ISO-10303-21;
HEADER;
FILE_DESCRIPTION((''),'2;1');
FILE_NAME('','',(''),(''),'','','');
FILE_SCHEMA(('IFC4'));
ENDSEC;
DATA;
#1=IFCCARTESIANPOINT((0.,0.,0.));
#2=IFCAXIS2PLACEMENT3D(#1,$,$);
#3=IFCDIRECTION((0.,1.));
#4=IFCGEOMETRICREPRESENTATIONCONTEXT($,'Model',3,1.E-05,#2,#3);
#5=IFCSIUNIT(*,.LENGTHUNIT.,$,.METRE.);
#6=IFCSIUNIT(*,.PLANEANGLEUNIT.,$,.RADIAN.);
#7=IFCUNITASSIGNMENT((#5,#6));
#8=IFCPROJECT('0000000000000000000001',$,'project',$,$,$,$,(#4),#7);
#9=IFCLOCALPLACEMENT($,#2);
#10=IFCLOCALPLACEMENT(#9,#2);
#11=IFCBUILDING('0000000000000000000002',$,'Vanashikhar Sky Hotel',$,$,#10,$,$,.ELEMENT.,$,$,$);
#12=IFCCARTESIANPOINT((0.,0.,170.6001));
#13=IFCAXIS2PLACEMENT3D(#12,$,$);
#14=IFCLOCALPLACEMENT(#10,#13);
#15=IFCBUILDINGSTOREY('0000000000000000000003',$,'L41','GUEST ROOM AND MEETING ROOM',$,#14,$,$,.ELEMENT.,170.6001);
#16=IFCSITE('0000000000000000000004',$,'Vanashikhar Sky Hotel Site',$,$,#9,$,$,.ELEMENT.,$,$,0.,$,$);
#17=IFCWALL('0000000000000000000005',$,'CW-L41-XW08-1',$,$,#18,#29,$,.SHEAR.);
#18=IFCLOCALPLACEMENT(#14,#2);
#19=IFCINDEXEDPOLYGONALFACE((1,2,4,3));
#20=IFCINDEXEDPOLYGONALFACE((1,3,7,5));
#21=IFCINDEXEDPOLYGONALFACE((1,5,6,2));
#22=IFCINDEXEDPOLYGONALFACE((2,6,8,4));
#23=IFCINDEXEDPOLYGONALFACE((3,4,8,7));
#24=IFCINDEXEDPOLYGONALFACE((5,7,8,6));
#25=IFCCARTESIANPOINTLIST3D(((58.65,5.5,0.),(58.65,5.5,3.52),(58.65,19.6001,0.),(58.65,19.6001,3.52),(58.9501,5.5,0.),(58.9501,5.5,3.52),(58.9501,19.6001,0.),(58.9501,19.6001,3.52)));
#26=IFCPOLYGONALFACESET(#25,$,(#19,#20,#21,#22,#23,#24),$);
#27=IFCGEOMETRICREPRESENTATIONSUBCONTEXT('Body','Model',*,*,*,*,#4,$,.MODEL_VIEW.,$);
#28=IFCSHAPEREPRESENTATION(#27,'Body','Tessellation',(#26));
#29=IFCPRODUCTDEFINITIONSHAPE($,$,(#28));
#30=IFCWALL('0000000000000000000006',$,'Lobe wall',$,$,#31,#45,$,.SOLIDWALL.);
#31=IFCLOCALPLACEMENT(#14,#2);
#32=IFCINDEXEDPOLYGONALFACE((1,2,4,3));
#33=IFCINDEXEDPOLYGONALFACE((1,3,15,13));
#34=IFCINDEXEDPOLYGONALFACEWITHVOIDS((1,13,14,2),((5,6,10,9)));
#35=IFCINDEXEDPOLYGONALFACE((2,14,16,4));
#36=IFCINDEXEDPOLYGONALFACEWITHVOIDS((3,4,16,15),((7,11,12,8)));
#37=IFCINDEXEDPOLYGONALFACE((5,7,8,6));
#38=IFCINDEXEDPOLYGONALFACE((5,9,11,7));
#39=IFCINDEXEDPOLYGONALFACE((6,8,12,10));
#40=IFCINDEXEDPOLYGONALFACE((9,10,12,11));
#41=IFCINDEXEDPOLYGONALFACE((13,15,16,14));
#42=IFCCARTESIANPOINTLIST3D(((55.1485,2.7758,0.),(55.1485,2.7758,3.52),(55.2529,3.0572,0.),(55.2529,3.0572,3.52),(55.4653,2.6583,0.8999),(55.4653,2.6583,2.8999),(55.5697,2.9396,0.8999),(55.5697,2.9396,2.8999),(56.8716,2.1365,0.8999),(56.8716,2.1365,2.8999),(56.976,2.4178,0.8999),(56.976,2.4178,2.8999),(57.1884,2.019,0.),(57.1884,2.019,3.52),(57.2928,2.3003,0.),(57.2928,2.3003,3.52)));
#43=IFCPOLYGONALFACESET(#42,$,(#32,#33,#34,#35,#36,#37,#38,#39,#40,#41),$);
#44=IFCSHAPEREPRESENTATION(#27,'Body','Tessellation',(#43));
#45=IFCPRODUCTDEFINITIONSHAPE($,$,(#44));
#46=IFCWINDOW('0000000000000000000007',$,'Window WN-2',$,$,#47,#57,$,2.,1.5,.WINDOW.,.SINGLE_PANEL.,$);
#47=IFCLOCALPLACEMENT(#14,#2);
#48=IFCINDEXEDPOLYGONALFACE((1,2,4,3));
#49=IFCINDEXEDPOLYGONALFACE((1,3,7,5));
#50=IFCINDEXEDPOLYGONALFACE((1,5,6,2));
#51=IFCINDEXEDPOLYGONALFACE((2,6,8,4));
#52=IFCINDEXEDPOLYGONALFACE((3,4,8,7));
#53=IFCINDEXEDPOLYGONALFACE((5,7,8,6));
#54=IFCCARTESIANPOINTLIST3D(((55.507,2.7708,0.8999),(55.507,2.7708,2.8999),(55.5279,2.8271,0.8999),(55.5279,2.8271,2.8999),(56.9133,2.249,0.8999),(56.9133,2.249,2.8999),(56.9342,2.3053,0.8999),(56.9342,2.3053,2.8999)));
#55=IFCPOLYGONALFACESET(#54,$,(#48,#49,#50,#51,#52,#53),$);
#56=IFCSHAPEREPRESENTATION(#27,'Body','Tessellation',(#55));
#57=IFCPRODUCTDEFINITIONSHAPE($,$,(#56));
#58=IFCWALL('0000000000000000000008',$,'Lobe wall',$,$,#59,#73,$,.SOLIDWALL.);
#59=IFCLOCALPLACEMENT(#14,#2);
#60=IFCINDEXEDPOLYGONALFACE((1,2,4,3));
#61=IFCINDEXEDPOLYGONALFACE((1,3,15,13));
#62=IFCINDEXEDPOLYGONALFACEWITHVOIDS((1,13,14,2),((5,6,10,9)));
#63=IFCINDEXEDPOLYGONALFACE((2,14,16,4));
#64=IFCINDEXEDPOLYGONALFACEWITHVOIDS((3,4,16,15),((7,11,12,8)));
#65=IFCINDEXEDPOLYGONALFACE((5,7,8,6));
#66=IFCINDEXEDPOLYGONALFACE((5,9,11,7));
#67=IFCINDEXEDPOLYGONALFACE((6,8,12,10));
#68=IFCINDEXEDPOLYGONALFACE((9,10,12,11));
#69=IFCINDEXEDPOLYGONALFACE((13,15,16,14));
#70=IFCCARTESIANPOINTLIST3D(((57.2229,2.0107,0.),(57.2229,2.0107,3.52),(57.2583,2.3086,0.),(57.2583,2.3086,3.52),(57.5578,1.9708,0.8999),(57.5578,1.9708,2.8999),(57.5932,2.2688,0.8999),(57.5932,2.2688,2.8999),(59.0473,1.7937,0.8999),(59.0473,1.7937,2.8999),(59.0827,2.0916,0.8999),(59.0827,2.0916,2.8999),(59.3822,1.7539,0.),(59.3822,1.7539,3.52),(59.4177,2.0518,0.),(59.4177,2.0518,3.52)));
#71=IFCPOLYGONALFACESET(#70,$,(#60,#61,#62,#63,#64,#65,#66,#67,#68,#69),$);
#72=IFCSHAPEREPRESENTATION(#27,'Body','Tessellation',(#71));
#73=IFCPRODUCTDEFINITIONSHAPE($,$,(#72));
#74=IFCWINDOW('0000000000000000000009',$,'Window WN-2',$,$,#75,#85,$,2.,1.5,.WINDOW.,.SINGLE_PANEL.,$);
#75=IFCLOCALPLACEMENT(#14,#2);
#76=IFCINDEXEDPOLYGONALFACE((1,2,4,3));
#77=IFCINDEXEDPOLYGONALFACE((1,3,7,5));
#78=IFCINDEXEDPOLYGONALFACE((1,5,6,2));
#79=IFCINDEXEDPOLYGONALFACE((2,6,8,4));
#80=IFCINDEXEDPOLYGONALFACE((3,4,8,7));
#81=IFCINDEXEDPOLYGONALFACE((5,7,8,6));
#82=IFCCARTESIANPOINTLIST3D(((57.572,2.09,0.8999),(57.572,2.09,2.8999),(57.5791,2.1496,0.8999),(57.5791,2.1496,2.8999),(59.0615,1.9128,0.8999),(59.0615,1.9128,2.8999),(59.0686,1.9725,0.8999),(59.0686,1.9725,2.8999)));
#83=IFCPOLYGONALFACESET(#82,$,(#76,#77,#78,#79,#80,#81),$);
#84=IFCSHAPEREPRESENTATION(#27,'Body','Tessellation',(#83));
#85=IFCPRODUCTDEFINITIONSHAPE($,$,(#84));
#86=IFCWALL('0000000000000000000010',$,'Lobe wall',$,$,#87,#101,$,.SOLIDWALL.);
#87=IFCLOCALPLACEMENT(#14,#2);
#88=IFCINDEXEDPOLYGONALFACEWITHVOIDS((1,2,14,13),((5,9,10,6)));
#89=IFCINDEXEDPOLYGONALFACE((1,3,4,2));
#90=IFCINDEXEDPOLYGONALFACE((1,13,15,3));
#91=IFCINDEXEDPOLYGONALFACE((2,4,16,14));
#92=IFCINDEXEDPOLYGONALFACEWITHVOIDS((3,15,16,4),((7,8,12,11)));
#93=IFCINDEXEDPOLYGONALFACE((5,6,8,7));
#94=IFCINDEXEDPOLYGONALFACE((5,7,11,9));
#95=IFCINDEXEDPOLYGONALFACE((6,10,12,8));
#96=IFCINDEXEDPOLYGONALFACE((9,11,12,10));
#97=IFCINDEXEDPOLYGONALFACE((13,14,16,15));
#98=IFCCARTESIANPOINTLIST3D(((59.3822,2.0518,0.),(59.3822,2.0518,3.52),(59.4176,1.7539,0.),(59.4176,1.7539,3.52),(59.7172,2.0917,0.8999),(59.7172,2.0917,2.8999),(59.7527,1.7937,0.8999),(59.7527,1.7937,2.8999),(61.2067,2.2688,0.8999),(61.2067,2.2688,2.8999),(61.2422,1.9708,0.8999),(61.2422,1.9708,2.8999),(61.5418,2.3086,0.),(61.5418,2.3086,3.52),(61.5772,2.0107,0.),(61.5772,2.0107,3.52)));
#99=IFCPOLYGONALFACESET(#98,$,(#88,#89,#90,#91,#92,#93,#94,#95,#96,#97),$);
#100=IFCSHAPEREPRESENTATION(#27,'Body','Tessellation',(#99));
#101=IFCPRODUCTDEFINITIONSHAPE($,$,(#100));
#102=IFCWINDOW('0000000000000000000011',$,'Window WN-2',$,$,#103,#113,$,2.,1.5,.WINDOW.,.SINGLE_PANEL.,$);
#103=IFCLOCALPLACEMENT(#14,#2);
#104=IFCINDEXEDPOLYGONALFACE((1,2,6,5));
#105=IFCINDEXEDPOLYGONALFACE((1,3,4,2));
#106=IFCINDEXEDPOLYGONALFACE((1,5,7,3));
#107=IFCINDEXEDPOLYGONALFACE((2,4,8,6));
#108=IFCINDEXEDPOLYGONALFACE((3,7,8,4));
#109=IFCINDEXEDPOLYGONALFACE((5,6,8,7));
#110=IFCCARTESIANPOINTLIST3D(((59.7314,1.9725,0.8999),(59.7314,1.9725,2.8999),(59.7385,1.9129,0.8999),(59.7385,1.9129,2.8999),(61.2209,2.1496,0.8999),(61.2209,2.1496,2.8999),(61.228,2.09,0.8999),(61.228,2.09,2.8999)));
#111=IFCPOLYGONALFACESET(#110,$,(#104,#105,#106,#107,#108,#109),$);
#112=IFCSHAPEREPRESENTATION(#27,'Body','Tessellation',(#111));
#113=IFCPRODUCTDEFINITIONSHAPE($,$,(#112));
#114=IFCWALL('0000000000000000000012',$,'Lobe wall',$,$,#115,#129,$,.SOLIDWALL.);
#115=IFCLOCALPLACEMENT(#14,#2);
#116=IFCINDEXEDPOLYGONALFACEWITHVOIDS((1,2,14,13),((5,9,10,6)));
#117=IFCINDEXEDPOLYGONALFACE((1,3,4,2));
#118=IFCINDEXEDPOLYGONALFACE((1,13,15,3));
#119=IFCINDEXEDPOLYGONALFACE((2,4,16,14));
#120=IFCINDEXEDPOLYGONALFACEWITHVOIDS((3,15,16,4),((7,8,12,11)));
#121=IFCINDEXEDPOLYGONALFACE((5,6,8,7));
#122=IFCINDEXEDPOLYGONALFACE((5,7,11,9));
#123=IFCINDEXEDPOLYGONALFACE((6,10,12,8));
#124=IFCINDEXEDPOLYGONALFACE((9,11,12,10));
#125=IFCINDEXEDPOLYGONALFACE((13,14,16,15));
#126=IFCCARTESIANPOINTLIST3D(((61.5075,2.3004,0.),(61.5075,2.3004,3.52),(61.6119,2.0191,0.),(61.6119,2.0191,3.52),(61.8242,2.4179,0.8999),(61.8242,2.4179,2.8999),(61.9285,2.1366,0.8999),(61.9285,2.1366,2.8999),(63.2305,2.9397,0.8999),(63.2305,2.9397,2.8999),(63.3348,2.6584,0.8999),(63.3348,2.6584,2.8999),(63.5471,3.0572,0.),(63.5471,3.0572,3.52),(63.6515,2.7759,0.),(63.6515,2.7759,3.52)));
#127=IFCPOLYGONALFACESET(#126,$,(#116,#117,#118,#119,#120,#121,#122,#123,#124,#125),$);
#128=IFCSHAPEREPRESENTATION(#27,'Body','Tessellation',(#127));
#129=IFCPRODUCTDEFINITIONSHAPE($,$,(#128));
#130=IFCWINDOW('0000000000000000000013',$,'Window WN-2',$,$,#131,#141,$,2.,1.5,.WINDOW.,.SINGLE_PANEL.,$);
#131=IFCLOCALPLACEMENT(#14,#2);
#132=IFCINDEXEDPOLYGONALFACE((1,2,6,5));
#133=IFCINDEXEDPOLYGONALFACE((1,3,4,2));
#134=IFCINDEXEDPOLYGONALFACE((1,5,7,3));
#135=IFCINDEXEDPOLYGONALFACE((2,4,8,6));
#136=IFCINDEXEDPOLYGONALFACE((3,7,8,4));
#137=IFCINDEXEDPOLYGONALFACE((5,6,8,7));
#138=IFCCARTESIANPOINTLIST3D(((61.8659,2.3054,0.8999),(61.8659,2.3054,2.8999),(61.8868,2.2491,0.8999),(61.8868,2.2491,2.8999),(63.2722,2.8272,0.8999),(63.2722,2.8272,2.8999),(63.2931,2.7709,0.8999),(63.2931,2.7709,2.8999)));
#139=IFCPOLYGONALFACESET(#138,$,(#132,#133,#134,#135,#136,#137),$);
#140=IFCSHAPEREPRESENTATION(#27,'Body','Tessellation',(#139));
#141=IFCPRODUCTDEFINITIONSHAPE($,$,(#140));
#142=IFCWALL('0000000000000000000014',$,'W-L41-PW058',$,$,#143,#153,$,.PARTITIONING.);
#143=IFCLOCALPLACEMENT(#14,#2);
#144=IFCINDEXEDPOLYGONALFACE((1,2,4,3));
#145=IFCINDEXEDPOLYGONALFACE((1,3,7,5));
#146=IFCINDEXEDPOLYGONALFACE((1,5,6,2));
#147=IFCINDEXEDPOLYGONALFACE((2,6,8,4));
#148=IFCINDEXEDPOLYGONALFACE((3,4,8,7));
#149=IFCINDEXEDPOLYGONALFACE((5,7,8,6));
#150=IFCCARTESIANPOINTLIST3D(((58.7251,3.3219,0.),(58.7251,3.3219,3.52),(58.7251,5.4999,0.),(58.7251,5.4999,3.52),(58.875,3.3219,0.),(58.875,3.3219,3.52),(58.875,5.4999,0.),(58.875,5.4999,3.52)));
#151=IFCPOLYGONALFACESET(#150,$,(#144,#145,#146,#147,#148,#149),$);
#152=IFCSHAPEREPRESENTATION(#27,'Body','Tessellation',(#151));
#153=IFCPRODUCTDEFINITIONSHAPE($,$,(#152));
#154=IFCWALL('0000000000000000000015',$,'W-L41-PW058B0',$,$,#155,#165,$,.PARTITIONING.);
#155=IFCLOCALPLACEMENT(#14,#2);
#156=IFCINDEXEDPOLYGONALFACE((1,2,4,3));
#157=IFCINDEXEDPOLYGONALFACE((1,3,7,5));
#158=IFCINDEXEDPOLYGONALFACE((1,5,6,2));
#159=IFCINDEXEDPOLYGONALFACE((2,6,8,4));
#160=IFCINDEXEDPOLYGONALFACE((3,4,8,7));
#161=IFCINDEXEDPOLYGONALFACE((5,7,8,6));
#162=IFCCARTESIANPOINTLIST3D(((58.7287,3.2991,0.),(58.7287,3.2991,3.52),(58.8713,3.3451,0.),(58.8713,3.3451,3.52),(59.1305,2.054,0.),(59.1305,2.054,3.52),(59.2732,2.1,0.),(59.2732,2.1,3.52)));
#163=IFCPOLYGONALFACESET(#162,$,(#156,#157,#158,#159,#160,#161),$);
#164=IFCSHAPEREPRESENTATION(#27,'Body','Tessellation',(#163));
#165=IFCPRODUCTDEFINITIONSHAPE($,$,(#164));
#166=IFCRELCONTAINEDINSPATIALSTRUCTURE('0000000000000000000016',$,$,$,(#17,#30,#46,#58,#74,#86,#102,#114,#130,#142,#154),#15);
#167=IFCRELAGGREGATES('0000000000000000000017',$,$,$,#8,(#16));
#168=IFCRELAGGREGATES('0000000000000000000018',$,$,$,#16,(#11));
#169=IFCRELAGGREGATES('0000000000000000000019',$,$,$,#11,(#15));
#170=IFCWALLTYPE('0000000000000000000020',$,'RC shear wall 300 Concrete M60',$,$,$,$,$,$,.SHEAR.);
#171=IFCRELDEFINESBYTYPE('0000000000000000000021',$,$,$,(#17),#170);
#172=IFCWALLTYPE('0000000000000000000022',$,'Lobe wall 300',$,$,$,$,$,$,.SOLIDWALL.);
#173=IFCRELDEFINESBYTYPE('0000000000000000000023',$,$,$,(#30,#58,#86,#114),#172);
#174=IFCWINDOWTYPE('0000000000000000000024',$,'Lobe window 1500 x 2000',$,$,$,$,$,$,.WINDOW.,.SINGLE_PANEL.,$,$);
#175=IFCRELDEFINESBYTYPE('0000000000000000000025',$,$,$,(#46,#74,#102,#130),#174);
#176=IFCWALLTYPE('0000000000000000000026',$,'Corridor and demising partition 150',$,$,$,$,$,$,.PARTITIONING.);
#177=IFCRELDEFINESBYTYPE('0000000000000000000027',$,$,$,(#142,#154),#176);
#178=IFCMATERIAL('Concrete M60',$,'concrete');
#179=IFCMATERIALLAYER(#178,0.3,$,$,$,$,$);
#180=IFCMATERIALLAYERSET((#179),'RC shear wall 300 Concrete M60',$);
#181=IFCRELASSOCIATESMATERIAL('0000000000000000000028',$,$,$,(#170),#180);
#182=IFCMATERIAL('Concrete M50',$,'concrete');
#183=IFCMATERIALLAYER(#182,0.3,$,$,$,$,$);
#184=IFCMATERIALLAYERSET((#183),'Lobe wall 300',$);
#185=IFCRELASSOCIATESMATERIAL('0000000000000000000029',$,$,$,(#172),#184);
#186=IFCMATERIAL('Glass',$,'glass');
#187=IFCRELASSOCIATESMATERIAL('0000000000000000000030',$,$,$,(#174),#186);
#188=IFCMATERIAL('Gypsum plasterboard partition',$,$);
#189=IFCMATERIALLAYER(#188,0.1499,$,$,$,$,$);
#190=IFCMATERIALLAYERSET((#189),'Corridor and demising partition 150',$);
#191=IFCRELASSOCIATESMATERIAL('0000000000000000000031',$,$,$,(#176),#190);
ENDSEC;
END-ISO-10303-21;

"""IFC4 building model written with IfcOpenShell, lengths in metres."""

from ifc_helpers import new_model, si_unit, direction, frame, frame_2d, origin, place, context, subcontext, project, spatial, rectangle, extrude, source, transform, mapped, material, layer, layer_set, type_object, element, fill, save


model = new_model("IFC4")

# Units and contexts
model_context = context("Model", 3, precision=1e-05, world=origin(), true_north=direction((0.0, 1.0)))
body_context = subcontext(model_context, "Body", "Model", "MODEL_VIEW")
ifc_project = project(units=[si_unit("LENGTHUNIT", "METRE"), si_unit("PLANEANGLEUNIT", "RADIAN")], contexts=[model_context])

# Site, building, storey
site_placement = place(None, origin())
site = spatial("IfcSite", under=ifc_project, at=site_placement, Name="Vanashikhar Sky Hotel Site", CompositionType="ELEMENT", RefElevation=0.0)
building_placement = place(site_placement, origin())
building = spatial("IfcBuilding", under=site, at=building_placement, Name="Vanashikhar Sky Hotel", CompositionType="ELEMENT")
storey_placement = place(building_placement, frame((0.0, 0.0, 170.6001)))
storey = spatial("IfcBuildingStorey", under=building, at=storey_placement, Name="L41", Description="GUEST ROOM AND MEETING ROOM", CompositionType="ELEMENT", Elevation=170.6001)

# Wall
ifc_material_1 = material(Name="Concrete M60", Category="concrete")
ifc_layer_1 = layer(ifc_material_1, 0.3)
ifc_layer_set_1 = layer_set([ifc_layer_1], Name="RC shear wall 300 Concrete M60")
wall_type_1 = type_object("IfcWallType", Name="RC shear wall 300 Concrete M60", PredefinedType="SHEAR", material=ifc_layer_set_1)
shared_shape_1 = source(origin(), body_context, "Body", "SweptSolid", [
    extrude(rectangle(XDim=14.1001, YDim=0.3, at=frame_2d((7.05, 0.0))), origin(), (0.0, 0.0, 1.0), 3.52),
])
wall_1_placement = place(storey_placement, frame((58.8, 5.5, 0.0), z_axis=(0.0, 0.0, 1.0), x_axis=(0.0, 1.0, 0.0)))
element("IfcWall", 1, at=wall_1_placement, inside=storey, type_object=wall_type_1, Name="CW-L41-XW08-1", PredefinedType="SHEAR", context=body_context, shape_type="MappedRepresentation", body=[
    mapped(shared_shape_1, transform((0.0, 0.0, 0.0), scale=1.0)),
])

# Walls, openings, windows
ifc_material_2 = material(Name="Concrete M50", Category="concrete")
ifc_layer_2 = layer(ifc_material_2, 0.3)
ifc_layer_set_2 = layer_set([ifc_layer_2], Name="Lobe wall 300")
wall_type_2 = type_object("IfcWallType", Name="Lobe wall 300", PredefinedType="SOLIDWALL", material=ifc_layer_set_2)
shared_shape_2 = source(origin(), body_context, "Body", "SweptSolid", [
    extrude(rectangle(XDim=2.1758, YDim=0.3, at=frame_2d((1.0879, 0.0))), origin(), (0.0, 0.0, 1.0), 3.52),
])
wall_2_placement = place(storey_placement, frame((55.2007, 2.9165, 0.0), z_axis=(0.0, 0.0, 1.0), x_axis=(0.937546, -0.347863, 0.0)))
wall_2 = element("IfcWall", 2, at=wall_2_placement, inside=storey, type_object=wall_type_2, Name="Lobe wall", PredefinedType="SOLIDWALL", context=body_context, shape_type="MappedRepresentation", body=[
    mapped(shared_shape_2, transform((0.0, 0.0, 0.0), scale=1.0)),
])
shared_shape_3 = source(origin(), body_context, "Body", "SweptSolid", [
    extrude(rectangle(XDim=1.5, YDim=2.0, at=frame_2d((0.75, 1.0))), frame((0.0, 0.1602, 0.0), z_axis=(0.0, -1.0, 0.0), x_axis=(1.0, 0.0, 0.0)), (0.0, 0.0, 1.0), 0.3201),
])
opening_1_placement = place(wall_2_placement, frame((0.3379, 0.0, 0.8999)))
opening_1 = element("IfcOpeningElement", 3, at=opening_1_placement, cuts=wall_2, PredefinedType="OPENING", context=body_context, shape_type="MappedRepresentation", body=[
    mapped(shared_shape_3, transform((0.0, 0.0, 0.0), scale=1.0)),
])
ifc_material_3 = material(Name="Glass", Category="glass")
window_type = type_object("IfcWindowType", Name="Lobe window 1500 x 2000", PartitioningType="SINGLE_PANEL", PredefinedType="WINDOW", material=ifc_material_3)
shared_shape_4 = source(origin(), body_context, "Body", "SweptSolid", [
    extrude(rectangle(XDim=1.5, YDim=2.0, at=frame_2d((0.75, 1.0))), frame((0.0, 0.03, 0.0), z_axis=(0.0, -1.0, 0.0), x_axis=(1.0, 0.0, 0.0)), (0.0, 0.0, 1.0), 0.0601),
])
window_1_placement = place(opening_1_placement, origin())
window_1 = element("IfcWindow", 4, at=window_1_placement, inside=storey, type_object=window_type, Name="Window WN-2", OverallHeight=2.0, OverallWidth=1.5, PartitioningType="SINGLE_PANEL", PredefinedType="WINDOW", context=body_context, shape_type="MappedRepresentation", body=[
    mapped(shared_shape_4, transform((0.0, 0.0, 0.0), scale=1.0)),
])
fill(opening_1, window_1)
shared_shape_5 = source(origin(), body_context, "Body", "SweptSolid", [
    extrude(rectangle(XDim=2.1746, YDim=0.3, at=frame_2d((1.0874, 0.0))), origin(), (0.0, 0.0, 1.0), 3.52),
])
wall_3_placement = place(storey_placement, frame((57.2405, 2.1597, 0.0), z_axis=(0.0, 0.0, 1.0), x_axis=(0.993001, -0.118105, 0.0)))
wall_3 = element("IfcWall", 5, at=wall_3_placement, inside=storey, type_object=wall_type_2, Name="Lobe wall", PredefinedType="SOLIDWALL", context=body_context, shape_type="MappedRepresentation", body=[
    mapped(shared_shape_5, transform((0.0, 0.0, 0.0), scale=1.0)),
])
opening_2_placement = place(wall_3_placement, frame((0.3374, 0.0, 0.8999)))
opening_2 = element("IfcOpeningElement", 6, at=opening_2_placement, cuts=wall_3, PredefinedType="OPENING", context=body_context, shape_type="MappedRepresentation", body=[
    mapped(shared_shape_3, transform((0.0, 0.0, 0.0), scale=1.0)),
])
window_2_placement = place(opening_2_placement, origin())
window_2 = element("IfcWindow", 7, at=window_2_placement, inside=storey, type_object=window_type, Name="Window WN-2", OverallHeight=2.0, OverallWidth=1.5, PartitioningType="SINGLE_PANEL", PredefinedType="WINDOW", context=body_context, shape_type="MappedRepresentation", body=[
    mapped(shared_shape_4, transform((0.0, 0.0, 0.0), scale=1.0)),
])
fill(opening_2, window_2)
shared_shape_6 = source(origin(), body_context, "Body", "SweptSolid", [
    extrude(rectangle(XDim=2.1748, YDim=0.3, at=frame_2d((1.0874, 0.0))), origin(), (0.0, 0.0, 1.0), 3.52),
])
wall_4_placement = place(storey_placement, frame((59.3999, 1.9028, 0.0), z_axis=(0.0, 0.0, 1.0), x_axis=(0.993003, 0.118092, 0.0)))
wall_4 = element("IfcWall", 8, at=wall_4_placement, inside=storey, type_object=wall_type_2, Name="Lobe wall", PredefinedType="SOLIDWALL", context=body_context, shape_type="MappedRepresentation", body=[
    mapped(shared_shape_6, transform((0.0, 0.0, 0.0), scale=1.0)),
])
opening_3_placement = place(wall_4_placement, frame((0.3374, 0.0, 0.8999)))
opening_3 = element("IfcOpeningElement", 9, at=opening_3_placement, cuts=wall_4, PredefinedType="OPENING", context=body_context, shape_type="MappedRepresentation", body=[
    mapped(shared_shape_3, transform((0.0, 0.0, 0.0), scale=1.0)),
])
window_3_placement = place(opening_3_placement, origin())
window_3 = element("IfcWindow", 10, at=window_3_placement, inside=storey, type_object=window_type, Name="Window WN-2", OverallHeight=2.0, OverallWidth=1.5, PartitioningType="SINGLE_PANEL", PredefinedType="WINDOW", context=body_context, shape_type="MappedRepresentation", body=[
    mapped(shared_shape_4, transform((0.0, 0.0, 0.0), scale=1.0)),
])
fill(opening_3, window_3)
shared_shape_7 = source(origin(), body_context, "Body", "SweptSolid", [
    extrude(rectangle(XDim=2.1755, YDim=0.3, at=frame_2d((1.0879, 0.0))), origin(), (0.0, 0.0, 1.0), 3.52),
])
wall_5_placement = place(storey_placement, frame((61.5596, 2.1597, 0.0), z_axis=(0.0, 0.0, 1.0), x_axis=(0.937532, 0.347899, 0.0)))
wall_5 = element("IfcWall", 11, at=wall_5_placement, inside=storey, type_object=wall_type_2, Name="Lobe wall", PredefinedType="SOLIDWALL", context=body_context, shape_type="MappedRepresentation", body=[
    mapped(shared_shape_7, transform((0.0, 0.0, 0.0), scale=1.0)),
])
opening_4_placement = place(wall_5_placement, frame((0.3379, 0.0, 0.8999)))
opening_4 = element("IfcOpeningElement", 12, at=opening_4_placement, cuts=wall_5, PredefinedType="OPENING", context=body_context, shape_type="MappedRepresentation", body=[
    mapped(shared_shape_3, transform((0.0, 0.0, 0.0), scale=1.0)),
])
window_4_placement = place(opening_4_placement, origin())
window_4 = element("IfcWindow", 13, at=window_4_placement, inside=storey, type_object=window_type, Name="Window WN-2", OverallHeight=2.0, OverallWidth=1.5, PartitioningType="SINGLE_PANEL", PredefinedType="WINDOW", context=body_context, shape_type="MappedRepresentation", body=[
    mapped(shared_shape_4, transform((0.0, 0.0, 0.0), scale=1.0)),
])
fill(opening_4, window_4)

# Walls
ifc_material_4 = material(Name="Gypsum plasterboard partition")
ifc_layer_3 = layer(ifc_material_4, 0.1499)
ifc_layer_set_3 = layer_set([ifc_layer_3], Name="Corridor and demising partition 150")
wall_type_3 = type_object("IfcWallType", Name="Corridor and demising partition 150", PredefinedType="PARTITIONING", material=ifc_layer_set_3)
shared_shape_8 = source(origin(), body_context, "Body", "SweptSolid", [
    extrude(rectangle(XDim=2.178, YDim=0.1499, at=frame_2d((1.0889, 0.0))), origin(), (0.0, 0.0, 1.0), 3.52),
])
wall_6_placement = place(storey_placement, frame((58.8, 3.322, 0.0), z_axis=(0.0, 0.0, 1.0), x_axis=(0.0, 1.0, 0.0)))
element("IfcWall", 14, at=wall_6_placement, inside=storey, type_object=wall_type_3, Name="W-L41-PW058", PredefinedType="PARTITIONING", context=body_context, shape_type="MappedRepresentation", body=[
    mapped(shared_shape_8, transform((0.0, 0.0, 0.0), scale=1.0)),
])
shared_shape_9 = source(origin(), body_context, "Body", "SweptSolid", [
    extrude(rectangle(XDim=1.3083, YDim=0.1499, at=frame_2d((0.6543, 0.0))), origin(), (0.0, 0.0, 1.0), 3.52),
])
wall_7_placement = place(storey_placement, frame((59.2019, 2.0769, 0.0), z_axis=(0.0, 0.0, 1.0), x_axis=(-0.307145, 0.951663, 0.0)))
element("IfcWall", 15, at=wall_7_placement, inside=storey, type_object=wall_type_3, Name="W-L41-PW058B0", PredefinedType="PARTITIONING", context=body_context, shape_type="MappedRepresentation", body=[
    mapped(shared_shape_9, transform((0.0, 0.0, 0.0), scale=1.0)),
])

save(model, "model.ifc")
